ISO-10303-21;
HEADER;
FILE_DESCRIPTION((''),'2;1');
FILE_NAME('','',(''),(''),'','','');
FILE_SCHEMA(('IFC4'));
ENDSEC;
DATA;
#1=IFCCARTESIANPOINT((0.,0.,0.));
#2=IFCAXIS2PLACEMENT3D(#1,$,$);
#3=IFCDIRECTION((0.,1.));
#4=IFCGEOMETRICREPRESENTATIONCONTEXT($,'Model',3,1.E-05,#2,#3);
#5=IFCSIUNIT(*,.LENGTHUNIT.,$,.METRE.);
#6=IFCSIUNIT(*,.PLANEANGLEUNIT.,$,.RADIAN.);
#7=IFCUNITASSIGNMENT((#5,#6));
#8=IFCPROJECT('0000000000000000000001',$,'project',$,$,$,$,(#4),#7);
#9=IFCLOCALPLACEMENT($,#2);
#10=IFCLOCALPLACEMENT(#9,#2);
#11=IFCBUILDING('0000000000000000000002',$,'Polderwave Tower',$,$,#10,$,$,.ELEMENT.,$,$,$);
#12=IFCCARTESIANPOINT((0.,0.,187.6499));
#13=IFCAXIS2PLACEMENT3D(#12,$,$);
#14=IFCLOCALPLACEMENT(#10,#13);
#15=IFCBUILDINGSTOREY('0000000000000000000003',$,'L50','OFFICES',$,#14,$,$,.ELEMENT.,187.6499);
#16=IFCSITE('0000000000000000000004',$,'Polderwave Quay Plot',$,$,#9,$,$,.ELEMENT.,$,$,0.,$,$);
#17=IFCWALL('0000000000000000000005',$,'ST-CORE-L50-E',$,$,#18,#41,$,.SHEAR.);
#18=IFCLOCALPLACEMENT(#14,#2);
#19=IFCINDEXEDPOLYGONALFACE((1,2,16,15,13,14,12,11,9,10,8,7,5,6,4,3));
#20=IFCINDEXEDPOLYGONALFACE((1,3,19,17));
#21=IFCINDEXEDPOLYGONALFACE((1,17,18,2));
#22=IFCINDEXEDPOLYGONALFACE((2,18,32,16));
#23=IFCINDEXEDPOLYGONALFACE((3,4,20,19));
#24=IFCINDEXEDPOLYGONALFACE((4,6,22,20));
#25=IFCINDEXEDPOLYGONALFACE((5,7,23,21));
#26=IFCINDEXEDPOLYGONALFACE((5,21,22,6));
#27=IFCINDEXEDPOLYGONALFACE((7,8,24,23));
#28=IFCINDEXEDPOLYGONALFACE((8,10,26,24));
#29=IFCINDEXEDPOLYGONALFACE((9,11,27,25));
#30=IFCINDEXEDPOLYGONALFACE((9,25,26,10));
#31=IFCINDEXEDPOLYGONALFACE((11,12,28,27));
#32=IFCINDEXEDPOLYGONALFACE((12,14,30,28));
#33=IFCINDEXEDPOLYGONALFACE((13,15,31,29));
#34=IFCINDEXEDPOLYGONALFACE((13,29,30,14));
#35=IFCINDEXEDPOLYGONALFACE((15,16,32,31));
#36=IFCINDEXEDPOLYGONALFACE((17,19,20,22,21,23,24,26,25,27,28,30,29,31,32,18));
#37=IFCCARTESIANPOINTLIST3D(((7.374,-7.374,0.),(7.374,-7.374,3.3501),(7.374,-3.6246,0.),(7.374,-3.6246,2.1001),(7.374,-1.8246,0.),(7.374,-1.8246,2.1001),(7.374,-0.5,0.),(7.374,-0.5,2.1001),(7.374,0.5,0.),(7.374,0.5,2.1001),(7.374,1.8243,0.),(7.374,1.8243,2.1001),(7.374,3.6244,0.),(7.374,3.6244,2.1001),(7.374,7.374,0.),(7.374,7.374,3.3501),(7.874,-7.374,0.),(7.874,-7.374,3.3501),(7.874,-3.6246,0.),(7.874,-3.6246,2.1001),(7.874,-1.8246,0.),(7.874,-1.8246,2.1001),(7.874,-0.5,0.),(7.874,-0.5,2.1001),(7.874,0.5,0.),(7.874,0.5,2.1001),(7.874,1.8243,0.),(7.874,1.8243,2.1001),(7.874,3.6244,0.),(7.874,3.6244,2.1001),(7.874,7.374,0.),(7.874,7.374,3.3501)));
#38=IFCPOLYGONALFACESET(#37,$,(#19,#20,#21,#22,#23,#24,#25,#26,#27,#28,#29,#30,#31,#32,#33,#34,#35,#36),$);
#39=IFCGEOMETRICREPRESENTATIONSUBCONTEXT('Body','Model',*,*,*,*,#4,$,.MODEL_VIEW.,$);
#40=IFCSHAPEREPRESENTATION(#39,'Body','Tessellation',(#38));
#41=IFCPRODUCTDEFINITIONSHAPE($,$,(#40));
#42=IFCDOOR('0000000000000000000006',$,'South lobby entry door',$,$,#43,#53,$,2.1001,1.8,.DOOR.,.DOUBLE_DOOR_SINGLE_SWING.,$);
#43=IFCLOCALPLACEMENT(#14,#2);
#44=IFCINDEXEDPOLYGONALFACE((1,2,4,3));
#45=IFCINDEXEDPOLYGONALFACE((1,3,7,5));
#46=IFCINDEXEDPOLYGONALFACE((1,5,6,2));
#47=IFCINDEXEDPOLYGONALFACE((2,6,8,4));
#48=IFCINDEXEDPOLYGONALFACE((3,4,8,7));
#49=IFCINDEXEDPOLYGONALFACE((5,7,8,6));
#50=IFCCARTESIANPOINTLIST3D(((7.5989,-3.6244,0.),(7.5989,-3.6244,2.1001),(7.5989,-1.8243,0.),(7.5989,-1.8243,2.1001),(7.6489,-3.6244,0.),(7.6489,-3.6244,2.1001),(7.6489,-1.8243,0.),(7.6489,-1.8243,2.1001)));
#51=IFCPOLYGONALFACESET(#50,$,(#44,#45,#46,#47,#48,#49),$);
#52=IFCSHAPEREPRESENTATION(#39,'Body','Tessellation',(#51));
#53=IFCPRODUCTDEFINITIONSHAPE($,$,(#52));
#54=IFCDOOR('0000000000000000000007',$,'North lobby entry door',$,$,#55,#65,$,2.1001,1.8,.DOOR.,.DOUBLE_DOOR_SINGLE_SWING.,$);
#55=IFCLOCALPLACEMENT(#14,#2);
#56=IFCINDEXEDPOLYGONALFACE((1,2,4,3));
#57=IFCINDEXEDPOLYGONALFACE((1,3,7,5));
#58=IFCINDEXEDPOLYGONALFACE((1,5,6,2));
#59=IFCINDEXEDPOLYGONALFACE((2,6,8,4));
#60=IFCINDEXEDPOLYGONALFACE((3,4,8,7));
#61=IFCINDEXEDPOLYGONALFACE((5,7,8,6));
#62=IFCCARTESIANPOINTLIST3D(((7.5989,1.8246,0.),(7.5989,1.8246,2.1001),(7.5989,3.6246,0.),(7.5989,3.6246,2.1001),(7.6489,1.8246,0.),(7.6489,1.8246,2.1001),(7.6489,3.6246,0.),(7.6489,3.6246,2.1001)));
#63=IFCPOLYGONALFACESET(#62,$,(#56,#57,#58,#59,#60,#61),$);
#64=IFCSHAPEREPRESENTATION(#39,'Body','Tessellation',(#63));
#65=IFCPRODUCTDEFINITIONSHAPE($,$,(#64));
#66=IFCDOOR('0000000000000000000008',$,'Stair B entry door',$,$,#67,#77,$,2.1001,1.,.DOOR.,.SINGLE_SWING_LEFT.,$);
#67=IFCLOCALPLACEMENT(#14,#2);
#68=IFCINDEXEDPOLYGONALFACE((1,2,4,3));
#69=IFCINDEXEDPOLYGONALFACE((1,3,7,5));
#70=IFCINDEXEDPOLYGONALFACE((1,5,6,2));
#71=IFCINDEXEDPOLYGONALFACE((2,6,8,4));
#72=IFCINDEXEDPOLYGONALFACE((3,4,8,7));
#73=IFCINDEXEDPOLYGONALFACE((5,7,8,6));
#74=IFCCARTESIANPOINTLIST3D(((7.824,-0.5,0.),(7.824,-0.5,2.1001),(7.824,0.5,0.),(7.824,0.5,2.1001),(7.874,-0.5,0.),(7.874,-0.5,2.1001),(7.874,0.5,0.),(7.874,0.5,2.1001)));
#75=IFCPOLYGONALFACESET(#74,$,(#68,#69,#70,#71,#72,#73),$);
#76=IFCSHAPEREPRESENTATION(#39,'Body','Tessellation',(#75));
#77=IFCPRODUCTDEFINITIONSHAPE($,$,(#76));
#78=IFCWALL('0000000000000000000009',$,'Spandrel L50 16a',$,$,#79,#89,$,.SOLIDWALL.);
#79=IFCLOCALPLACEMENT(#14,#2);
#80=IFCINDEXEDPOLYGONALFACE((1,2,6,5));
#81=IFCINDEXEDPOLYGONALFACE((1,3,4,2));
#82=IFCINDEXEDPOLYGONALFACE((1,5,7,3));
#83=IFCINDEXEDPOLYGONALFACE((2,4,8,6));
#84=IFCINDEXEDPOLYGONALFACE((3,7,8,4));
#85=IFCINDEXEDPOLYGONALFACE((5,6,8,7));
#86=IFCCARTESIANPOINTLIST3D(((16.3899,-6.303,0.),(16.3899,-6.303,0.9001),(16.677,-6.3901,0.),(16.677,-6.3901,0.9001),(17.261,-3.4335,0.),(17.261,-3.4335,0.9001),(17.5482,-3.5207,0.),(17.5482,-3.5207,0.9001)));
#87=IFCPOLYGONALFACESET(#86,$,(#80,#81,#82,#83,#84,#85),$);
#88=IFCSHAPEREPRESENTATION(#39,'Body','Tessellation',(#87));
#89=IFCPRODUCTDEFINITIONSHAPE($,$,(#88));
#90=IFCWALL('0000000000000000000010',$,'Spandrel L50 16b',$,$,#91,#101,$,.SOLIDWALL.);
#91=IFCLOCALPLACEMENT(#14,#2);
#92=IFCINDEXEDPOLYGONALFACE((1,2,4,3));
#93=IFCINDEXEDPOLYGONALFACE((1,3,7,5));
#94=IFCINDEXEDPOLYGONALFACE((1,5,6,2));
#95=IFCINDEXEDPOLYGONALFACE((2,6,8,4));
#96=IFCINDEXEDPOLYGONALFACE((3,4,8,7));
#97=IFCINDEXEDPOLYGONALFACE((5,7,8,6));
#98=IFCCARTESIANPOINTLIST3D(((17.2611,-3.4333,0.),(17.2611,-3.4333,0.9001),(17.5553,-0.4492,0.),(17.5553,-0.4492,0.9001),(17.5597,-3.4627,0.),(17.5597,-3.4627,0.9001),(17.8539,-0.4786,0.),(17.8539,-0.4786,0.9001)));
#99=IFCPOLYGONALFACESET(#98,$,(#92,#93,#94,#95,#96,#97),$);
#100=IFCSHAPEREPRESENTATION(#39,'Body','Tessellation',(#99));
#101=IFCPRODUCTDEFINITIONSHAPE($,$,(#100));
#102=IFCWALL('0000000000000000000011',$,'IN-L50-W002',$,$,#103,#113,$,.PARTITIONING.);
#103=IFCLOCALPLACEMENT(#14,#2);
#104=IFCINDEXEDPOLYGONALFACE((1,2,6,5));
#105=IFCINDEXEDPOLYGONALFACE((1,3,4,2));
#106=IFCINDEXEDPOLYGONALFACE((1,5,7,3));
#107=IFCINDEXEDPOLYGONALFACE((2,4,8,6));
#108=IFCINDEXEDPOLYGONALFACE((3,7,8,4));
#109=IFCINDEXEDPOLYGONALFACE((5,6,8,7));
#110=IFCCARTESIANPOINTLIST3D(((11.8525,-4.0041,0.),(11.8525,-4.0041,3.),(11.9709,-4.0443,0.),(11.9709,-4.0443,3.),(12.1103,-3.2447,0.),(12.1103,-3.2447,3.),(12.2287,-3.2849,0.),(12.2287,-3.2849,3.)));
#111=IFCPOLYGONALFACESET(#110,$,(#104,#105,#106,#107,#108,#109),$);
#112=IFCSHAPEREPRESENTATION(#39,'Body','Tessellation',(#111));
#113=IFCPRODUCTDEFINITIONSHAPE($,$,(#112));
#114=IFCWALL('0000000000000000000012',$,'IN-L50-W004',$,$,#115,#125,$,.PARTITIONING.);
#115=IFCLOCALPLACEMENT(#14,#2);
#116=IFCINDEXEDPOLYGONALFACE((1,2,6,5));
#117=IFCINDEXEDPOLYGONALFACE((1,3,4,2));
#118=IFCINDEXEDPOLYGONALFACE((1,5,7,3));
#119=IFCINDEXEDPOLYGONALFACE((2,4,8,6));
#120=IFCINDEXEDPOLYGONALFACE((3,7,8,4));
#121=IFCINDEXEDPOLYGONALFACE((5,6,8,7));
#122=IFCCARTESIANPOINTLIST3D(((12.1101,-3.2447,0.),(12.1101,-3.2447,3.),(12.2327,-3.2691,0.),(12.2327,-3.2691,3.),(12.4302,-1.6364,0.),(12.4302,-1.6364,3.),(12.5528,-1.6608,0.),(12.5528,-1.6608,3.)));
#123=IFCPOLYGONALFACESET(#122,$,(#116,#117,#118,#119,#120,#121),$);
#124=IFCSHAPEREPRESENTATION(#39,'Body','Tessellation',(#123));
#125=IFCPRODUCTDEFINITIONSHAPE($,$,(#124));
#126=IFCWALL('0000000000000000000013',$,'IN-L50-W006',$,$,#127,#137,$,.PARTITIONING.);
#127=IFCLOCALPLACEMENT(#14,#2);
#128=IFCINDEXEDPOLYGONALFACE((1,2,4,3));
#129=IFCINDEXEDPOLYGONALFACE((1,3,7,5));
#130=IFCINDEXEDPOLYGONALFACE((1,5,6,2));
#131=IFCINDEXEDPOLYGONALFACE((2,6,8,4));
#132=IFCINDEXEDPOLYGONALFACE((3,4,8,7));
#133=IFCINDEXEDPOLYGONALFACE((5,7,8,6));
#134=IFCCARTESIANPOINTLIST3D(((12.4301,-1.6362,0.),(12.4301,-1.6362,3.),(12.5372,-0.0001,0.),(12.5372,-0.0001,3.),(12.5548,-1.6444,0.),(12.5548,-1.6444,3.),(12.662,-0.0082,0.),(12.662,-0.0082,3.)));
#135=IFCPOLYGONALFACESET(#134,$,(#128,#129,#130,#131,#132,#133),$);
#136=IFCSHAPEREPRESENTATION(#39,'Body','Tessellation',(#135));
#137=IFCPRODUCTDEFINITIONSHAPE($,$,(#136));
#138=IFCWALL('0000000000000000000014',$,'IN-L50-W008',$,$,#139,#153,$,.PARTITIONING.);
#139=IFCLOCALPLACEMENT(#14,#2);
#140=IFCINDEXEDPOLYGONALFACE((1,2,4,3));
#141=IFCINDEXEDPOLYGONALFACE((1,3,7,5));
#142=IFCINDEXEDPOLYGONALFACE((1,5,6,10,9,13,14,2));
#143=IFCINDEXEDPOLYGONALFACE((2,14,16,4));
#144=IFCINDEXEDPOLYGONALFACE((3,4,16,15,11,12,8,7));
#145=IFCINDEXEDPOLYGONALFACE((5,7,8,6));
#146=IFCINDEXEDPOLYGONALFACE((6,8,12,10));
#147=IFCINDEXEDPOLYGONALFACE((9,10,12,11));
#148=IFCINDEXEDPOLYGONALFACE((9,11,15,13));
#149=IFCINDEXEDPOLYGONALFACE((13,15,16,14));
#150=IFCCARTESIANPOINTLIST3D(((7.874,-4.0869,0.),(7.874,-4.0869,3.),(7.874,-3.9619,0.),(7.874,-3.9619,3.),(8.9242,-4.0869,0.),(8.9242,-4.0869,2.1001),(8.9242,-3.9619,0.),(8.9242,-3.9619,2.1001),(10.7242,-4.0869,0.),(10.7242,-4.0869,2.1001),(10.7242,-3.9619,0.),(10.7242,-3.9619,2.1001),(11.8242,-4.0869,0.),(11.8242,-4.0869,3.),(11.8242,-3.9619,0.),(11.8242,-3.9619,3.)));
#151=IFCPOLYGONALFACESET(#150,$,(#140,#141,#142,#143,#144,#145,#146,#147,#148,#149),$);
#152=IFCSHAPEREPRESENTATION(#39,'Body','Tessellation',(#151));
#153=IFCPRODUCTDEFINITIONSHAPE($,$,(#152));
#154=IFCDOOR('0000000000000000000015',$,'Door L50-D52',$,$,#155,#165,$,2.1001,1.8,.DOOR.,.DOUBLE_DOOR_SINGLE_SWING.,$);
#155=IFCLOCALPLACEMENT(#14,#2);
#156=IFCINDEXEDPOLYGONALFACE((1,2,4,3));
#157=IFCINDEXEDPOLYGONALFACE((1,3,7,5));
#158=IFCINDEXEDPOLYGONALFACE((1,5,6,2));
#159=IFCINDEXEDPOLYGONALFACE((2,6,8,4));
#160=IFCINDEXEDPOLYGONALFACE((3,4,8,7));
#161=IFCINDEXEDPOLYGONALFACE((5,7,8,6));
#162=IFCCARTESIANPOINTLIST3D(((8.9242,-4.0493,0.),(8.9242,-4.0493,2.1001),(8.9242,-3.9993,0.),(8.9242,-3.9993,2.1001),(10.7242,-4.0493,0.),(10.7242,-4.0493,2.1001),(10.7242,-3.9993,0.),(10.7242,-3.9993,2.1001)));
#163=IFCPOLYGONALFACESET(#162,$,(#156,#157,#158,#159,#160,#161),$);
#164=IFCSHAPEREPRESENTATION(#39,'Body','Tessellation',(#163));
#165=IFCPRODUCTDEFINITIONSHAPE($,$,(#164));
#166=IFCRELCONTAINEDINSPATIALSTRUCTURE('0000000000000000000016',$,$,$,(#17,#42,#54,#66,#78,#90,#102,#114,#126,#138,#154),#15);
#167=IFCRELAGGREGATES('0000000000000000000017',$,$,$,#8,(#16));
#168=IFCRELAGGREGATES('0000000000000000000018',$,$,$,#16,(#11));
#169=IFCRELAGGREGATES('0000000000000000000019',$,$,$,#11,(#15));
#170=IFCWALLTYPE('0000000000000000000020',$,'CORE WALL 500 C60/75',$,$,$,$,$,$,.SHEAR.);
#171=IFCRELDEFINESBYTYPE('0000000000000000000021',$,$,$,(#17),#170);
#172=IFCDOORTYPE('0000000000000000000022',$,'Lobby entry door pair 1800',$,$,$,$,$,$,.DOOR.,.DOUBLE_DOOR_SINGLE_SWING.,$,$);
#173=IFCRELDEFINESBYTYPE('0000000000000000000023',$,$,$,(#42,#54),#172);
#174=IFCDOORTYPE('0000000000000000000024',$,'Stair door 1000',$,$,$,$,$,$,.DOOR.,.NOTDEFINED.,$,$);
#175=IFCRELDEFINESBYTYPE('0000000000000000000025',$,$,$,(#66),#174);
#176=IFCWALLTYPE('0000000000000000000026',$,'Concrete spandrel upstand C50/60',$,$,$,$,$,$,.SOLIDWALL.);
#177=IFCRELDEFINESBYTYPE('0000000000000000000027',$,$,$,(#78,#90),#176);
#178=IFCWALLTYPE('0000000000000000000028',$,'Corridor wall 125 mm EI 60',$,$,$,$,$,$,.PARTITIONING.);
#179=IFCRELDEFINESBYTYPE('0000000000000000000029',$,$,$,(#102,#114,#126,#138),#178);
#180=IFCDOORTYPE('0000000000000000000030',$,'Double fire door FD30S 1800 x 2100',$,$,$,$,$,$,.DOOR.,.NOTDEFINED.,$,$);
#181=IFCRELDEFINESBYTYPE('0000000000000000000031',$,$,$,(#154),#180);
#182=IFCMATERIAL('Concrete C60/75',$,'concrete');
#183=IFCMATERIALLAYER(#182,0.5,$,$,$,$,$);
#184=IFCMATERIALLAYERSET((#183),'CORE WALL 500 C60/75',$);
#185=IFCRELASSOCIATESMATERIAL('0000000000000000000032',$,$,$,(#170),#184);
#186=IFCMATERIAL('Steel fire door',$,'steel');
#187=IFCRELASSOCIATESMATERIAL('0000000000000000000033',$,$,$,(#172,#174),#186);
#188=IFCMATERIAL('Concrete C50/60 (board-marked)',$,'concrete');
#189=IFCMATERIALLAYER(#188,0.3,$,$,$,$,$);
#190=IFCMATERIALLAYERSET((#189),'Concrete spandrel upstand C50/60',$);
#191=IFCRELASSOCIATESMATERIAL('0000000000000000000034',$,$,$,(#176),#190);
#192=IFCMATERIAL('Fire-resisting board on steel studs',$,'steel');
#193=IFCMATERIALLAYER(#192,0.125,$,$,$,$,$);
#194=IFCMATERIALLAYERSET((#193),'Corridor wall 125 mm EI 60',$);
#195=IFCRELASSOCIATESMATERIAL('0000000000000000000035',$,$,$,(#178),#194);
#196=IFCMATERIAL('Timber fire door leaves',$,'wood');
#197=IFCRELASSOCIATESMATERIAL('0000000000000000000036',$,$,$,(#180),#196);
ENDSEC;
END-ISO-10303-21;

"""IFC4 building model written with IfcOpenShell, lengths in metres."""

from ifc_helpers import new_model, si_unit, direction, frame, frame_2d, origin, place, context, subcontext, project, spatial, rectangle, extrude, material, layer, layer_set, type_object, element, fill, save


model = new_model("IFC4")

# Units and contexts
model_context = context("Model", 3, precision=1e-05, world=origin(), true_north=direction((0.0, 1.0)))
body_context = subcontext(model_context, "Body", "Model", "MODEL_VIEW")
ifc_project = project(units=[si_unit("LENGTHUNIT", "METRE"), si_unit("PLANEANGLEUNIT", "RADIAN")], contexts=[model_context])

# Site, building, storey
site_placement = place(None, origin())
site = spatial("IfcSite", under=ifc_project, at=site_placement, Name="Polderwave Quay Plot", CompositionType="ELEMENT", RefElevation=0.0)
building_placement = place(site_placement, origin())
building = spatial("IfcBuilding", under=site, at=building_placement, Name="Polderwave Tower", CompositionType="ELEMENT")
storey_placement = place(building_placement, frame((0.0, 0.0, 187.6499)))
storey = spatial("IfcBuildingStorey", under=building, at=storey_placement, Name="L50", Description="OFFICES", CompositionType="ELEMENT", Elevation=187.6499)

# Shared definitions
ifc_material_1 = material(Name="Concrete C60/75", Category="concrete")

# Wall, openings, doors
ifc_layer_1 = layer(ifc_material_1, 0.5)
ifc_layer_set_1 = layer_set([ifc_layer_1], Name="CORE WALL 500 C60/75")
wall_type_1 = type_object("IfcWallType", Name="CORE WALL 500 C60/75", PredefinedType="SHEAR", material=ifc_layer_set_1)
wall_1_placement = place(storey_placement, frame((7.624, -7.374, 0.0), z_axis=(0.0, 0.0, 1.0), x_axis=(0.0, 1.0, 0.0)))
wall_1 = element("IfcWall", 1, at=wall_1_placement, inside=storey, type_object=wall_type_1, Name="ST-CORE-L50-E", PredefinedType="SHEAR", context=body_context, shape_type="SweptSolid", body=[
    extrude(rectangle(XDim=14.748, YDim=0.5, at=frame_2d((7.374, 0.0))), origin(), (0.0, 0.0, 1.0), 3.3501),
])
opening_1_placement = place(wall_1_placement, frame((6.874, 0.0, 0.0)))
opening_1 = element("IfcOpeningElement", 2, at=opening_1_placement, cuts=wall_1, PredefinedType="OPENING", context=body_context, shape_type="SweptSolid", body=[
    extrude(rectangle(XDim=1.0, YDim=2.1001, at=frame_2d((0.5, 1.05))), frame((0.0, 0.26, 0.0), z_axis=(0.0, -1.0, 0.0), x_axis=(1.0, 0.0, 0.0)), (0.0, 0.0, 1.0), 0.52),
])
opening_2_placement = place(wall_1_placement, frame((3.7495, 0.0, 0.0)))
opening_2 = element("IfcOpeningElement", 3, at=opening_2_placement, cuts=wall_1, PredefinedType="OPENING", context=body_context, shape_type="SweptSolid", body=[
    extrude(rectangle(XDim=1.8, YDim=2.1001, at=frame_2d((0.8999, 1.05))), frame((0.0, 0.26, 0.0), z_axis=(0.0, -1.0, 0.0), x_axis=(1.0, 0.0, 0.0)), (0.0, 0.0, 1.0), 0.52),
])
opening_3_placement = place(wall_1_placement, frame((9.1985, 0.0, 0.0)))
opening_3 = element("IfcOpeningElement", 4, at=opening_3_placement, cuts=wall_1, PredefinedType="OPENING", context=body_context, shape_type="SweptSolid", body=[
    extrude(rectangle(XDim=1.8, YDim=2.1001, at=frame_2d((0.8999, 1.05))), frame((0.0, 0.26, 0.0), z_axis=(0.0, -1.0, 0.0), x_axis=(1.0, 0.0, 0.0)), (0.0, 0.0, 1.0), 0.52),
])
ifc_material_2 = material(Name="Steel fire door", Category="steel")
door_type_1 = type_object("IfcDoorType", Name="Lobby entry door pair 1800", OperationType="DOUBLE_DOOR_SINGLE_SWING", PredefinedType="DOOR", material=ifc_material_2)
door_1_placement = place(opening_2_placement, frame((1.8, 0.0, 0.0), z_axis=(0.0, 0.0, 1.0), x_axis=(-1.0, 0.0, 0.0)))
door_1 = element("IfcDoor", 5, at=door_1_placement, inside=storey, type_object=door_type_1, Name="South lobby entry door", OperationType="DOUBLE_DOOR_SINGLE_SWING", OverallHeight=2.1001, OverallWidth=1.8, PredefinedType="DOOR", context=body_context, shape_type="SweptSolid", body=[
    extrude(rectangle(XDim=1.8, YDim=2.1001, at=frame_2d((0.8999, 1.05))), frame((0.0, 0.0249, 0.0), z_axis=(0.0, -1.0, 0.0), x_axis=(1.0, 0.0, 0.0)), (0.0, 0.0, 1.0), 0.05),
])
fill(opening_2, door_1)
door_2_placement = place(opening_3_placement, frame((1.8, 0.0, 0.0), z_axis=(0.0, 0.0, 1.0), x_axis=(-1.0, 0.0, 0.0)))
door_2 = element("IfcDoor", 6, at=door_2_placement, inside=storey, type_object=door_type_1, Name="North lobby entry door", OperationType="DOUBLE_DOOR_SINGLE_SWING", OverallHeight=2.1001, OverallWidth=1.8, PredefinedType="DOOR", context=body_context, shape_type="SweptSolid", body=[
    extrude(rectangle(XDim=1.8, YDim=2.1001, at=frame_2d((0.8999, 1.05))), frame((0.0, 0.0249, 0.0), z_axis=(0.0, -1.0, 0.0), x_axis=(1.0, 0.0, 0.0)), (0.0, 0.0, 1.0), 0.05),
])
fill(opening_3, door_2)
door_type_2 = type_object("IfcDoorType", Name="Stair door 1000", OperationType="NOTDEFINED", PredefinedType="DOOR", material=ifc_material_2)
door_3_placement = place(opening_1_placement, frame((1.0, 0.0, 0.0), z_axis=(0.0, 0.0, 1.0), x_axis=(-1.0, 0.0, 0.0)))
door_3 = element("IfcDoor", 7, at=door_3_placement, inside=storey, type_object=door_type_2, Name="Stair B entry door", OperationType="SINGLE_SWING_LEFT", OverallHeight=2.1001, OverallWidth=1.0, PredefinedType="DOOR", context=body_context, shape_type="SweptSolid", body=[
    extrude(rectangle(XDim=1.0, YDim=2.1001, at=frame_2d((0.5, 1.05))), frame((0.0, 0.25, 0.0), z_axis=(0.0, -1.0, 0.0), x_axis=(1.0, 0.0, 0.0)), (0.0, 0.0, 1.0), 0.05),
])
fill(opening_1, door_3)

# Walls
ifc_material_3 = material(Name="Concrete C50/60 (board-marked)", Category="concrete")
ifc_layer_2 = layer(ifc_material_3, 0.3)
ifc_layer_set_2 = layer_set([ifc_layer_2], Name="Concrete spandrel upstand C50/60")
wall_type_2 = type_object("IfcWallType", Name="Concrete spandrel upstand C50/60", PredefinedType="SOLIDWALL", material=ifc_layer_set_2)
wall_2_placement = place(storey_placement, frame((16.5334, -6.3467, 0.0), z_axis=(0.0, 0.0, 1.0), x_axis=(0.290491, 0.956878, 0.0)))
element("IfcWall", 8, at=wall_2_placement, inside=storey, type_object=wall_type_2, Name="Spandrel L50 16a", PredefinedType="SOLIDWALL", context=body_context, shape_type="SweptSolid", body=[
    extrude(rectangle(XDim=2.9988, YDim=0.3, at=frame_2d((1.4995, 0.0))), origin(), (0.0, 0.0, 1.0), 0.9001),
])
wall_3_placement = place(storey_placement, frame((17.4104, -3.448, 0.0), z_axis=(0.0, 0.0, 1.0), x_axis=(0.098109, 0.995176, 0.0)))
element("IfcWall", 9, at=wall_3_placement, inside=storey, type_object=wall_type_2, Name="Spandrel L50 16b", PredefinedType="SOLIDWALL", context=body_context, shape_type="SweptSolid", body=[
    extrude(rectangle(XDim=2.9985, YDim=0.3, at=frame_2d((1.4993, 0.0))), origin(), (0.0, 0.0, 1.0), 0.9001),
])
ifc_material_4 = material(Name="Fire-resisting board on steel studs", Category="steel")
ifc_layer_3 = layer(ifc_material_4, 0.125)
ifc_layer_set_3 = layer_set([ifc_layer_3], Name="Corridor wall 125 mm EI 60")
wall_type_3 = type_object("IfcWallType", Name="Corridor wall 125 mm EI 60", PredefinedType="PARTITIONING", material=ifc_layer_set_3)
wall_4_placement = place(storey_placement, frame((12.1694, -3.2649, 0.0), z_axis=(0.0, 0.0, 1.0), x_axis=(-0.321428, -0.946934, 0.0)))
element("IfcWall", 10, at=wall_4_placement, inside=storey, type_object=wall_type_3, Name="IN-L50-W002", PredefinedType="PARTITIONING", context=body_context, shape_type="SweptSolid", body=[
    extrude(rectangle(XDim=0.802, YDim=0.125, at=frame_2d((0.4009, 0.0))), origin(), (0.0, 0.0, 1.0), 3.0),
])
wall_5_placement = place(storey_placement, frame((12.4915, -1.6487, 0.0), z_axis=(0.0, 0.0, 1.0), x_axis=(-0.195171, -0.980769, 0.0)))
element("IfcWall", 11, at=wall_5_placement, inside=storey, type_object=wall_type_3, Name="IN-L50-W004", PredefinedType="PARTITIONING", context=body_context, shape_type="SweptSolid", body=[
    extrude(rectangle(XDim=1.6399, YDim=0.125, at=frame_2d((0.8198, 0.0))), origin(), (0.0, 0.0, 1.0), 3.0),
])
wall_6_placement = place(storey_placement, frame((12.5996, -0.0042, 0.0), z_axis=(0.0, 0.0, 1.0), x_axis=(-0.065363, -0.997862, 0.0)))
element("IfcWall", 12, at=wall_6_placement, inside=storey, type_object=wall_type_3, Name="IN-L50-W006", PredefinedType="PARTITIONING", context=body_context, shape_type="SweptSolid", body=[
    extrude(rectangle(XDim=1.6396, YDim=0.125, at=frame_2d((0.8198, 0.0))), origin(), (0.0, 0.0, 1.0), 3.0),
])

# Wall, opening, door
wall_7_placement = place(storey_placement, frame((11.8242, -4.0244, 0.0), z_axis=(0.0, 0.0, 1.0), x_axis=(-1.0, 0.0, 0.0)))
wall_7 = element("IfcWall", 13, at=wall_7_placement, inside=storey, type_object=wall_type_3, Name="IN-L50-W008", PredefinedType="PARTITIONING", context=body_context, shape_type="SweptSolid", body=[
    extrude(rectangle(XDim=3.9502, YDim=0.125, at=frame_2d((1.9751, 0.0))), origin(), (0.0, 0.0, 1.0), 3.0),
])
opening_4_placement = place(wall_7_placement, frame((1.1001, 0.0, 0.0)))
opening_4 = element("IfcOpeningElement", 14, at=opening_4_placement, cuts=wall_7, PredefinedType="OPENING", context=body_context, shape_type="SweptSolid", body=[
    extrude(rectangle(XDim=1.8, YDim=2.1001, at=frame_2d((0.8999, 1.05))), frame((0.0, 0.0725, 0.0), z_axis=(0.0, -1.0, 0.0), x_axis=(1.0, 0.0, 0.0)), (0.0, 0.0, 1.0), 0.145),
])
ifc_material_5 = material(Name="Timber fire door leaves", Category="wood")
door_type_3 = type_object("IfcDoorType", Name="Double fire door FD30S 1800 x 2100", OperationType="NOTDEFINED", PredefinedType="DOOR", material=ifc_material_5)
door_4_placement = place(opening_4_placement, origin())
door_4 = element("IfcDoor", 15, at=door_4_placement, inside=storey, type_object=door_type_3, Name="Door L50-D52", OperationType="DOUBLE_DOOR_SINGLE_SWING", OverallHeight=2.1001, OverallWidth=1.8, PredefinedType="DOOR", context=body_context, shape_type="SweptSolid", body=[
    extrude(rectangle(XDim=1.8, YDim=2.1001, at=frame_2d((0.8999, 1.05))), frame((0.0, 0.0249, 0.0), z_axis=(0.0, -1.0, 0.0), x_axis=(1.0, 0.0, 0.0)), (0.0, 0.0, 1.0), 0.05),
])
fill(opening_4, door_4)

save(model, "model.ifc")
